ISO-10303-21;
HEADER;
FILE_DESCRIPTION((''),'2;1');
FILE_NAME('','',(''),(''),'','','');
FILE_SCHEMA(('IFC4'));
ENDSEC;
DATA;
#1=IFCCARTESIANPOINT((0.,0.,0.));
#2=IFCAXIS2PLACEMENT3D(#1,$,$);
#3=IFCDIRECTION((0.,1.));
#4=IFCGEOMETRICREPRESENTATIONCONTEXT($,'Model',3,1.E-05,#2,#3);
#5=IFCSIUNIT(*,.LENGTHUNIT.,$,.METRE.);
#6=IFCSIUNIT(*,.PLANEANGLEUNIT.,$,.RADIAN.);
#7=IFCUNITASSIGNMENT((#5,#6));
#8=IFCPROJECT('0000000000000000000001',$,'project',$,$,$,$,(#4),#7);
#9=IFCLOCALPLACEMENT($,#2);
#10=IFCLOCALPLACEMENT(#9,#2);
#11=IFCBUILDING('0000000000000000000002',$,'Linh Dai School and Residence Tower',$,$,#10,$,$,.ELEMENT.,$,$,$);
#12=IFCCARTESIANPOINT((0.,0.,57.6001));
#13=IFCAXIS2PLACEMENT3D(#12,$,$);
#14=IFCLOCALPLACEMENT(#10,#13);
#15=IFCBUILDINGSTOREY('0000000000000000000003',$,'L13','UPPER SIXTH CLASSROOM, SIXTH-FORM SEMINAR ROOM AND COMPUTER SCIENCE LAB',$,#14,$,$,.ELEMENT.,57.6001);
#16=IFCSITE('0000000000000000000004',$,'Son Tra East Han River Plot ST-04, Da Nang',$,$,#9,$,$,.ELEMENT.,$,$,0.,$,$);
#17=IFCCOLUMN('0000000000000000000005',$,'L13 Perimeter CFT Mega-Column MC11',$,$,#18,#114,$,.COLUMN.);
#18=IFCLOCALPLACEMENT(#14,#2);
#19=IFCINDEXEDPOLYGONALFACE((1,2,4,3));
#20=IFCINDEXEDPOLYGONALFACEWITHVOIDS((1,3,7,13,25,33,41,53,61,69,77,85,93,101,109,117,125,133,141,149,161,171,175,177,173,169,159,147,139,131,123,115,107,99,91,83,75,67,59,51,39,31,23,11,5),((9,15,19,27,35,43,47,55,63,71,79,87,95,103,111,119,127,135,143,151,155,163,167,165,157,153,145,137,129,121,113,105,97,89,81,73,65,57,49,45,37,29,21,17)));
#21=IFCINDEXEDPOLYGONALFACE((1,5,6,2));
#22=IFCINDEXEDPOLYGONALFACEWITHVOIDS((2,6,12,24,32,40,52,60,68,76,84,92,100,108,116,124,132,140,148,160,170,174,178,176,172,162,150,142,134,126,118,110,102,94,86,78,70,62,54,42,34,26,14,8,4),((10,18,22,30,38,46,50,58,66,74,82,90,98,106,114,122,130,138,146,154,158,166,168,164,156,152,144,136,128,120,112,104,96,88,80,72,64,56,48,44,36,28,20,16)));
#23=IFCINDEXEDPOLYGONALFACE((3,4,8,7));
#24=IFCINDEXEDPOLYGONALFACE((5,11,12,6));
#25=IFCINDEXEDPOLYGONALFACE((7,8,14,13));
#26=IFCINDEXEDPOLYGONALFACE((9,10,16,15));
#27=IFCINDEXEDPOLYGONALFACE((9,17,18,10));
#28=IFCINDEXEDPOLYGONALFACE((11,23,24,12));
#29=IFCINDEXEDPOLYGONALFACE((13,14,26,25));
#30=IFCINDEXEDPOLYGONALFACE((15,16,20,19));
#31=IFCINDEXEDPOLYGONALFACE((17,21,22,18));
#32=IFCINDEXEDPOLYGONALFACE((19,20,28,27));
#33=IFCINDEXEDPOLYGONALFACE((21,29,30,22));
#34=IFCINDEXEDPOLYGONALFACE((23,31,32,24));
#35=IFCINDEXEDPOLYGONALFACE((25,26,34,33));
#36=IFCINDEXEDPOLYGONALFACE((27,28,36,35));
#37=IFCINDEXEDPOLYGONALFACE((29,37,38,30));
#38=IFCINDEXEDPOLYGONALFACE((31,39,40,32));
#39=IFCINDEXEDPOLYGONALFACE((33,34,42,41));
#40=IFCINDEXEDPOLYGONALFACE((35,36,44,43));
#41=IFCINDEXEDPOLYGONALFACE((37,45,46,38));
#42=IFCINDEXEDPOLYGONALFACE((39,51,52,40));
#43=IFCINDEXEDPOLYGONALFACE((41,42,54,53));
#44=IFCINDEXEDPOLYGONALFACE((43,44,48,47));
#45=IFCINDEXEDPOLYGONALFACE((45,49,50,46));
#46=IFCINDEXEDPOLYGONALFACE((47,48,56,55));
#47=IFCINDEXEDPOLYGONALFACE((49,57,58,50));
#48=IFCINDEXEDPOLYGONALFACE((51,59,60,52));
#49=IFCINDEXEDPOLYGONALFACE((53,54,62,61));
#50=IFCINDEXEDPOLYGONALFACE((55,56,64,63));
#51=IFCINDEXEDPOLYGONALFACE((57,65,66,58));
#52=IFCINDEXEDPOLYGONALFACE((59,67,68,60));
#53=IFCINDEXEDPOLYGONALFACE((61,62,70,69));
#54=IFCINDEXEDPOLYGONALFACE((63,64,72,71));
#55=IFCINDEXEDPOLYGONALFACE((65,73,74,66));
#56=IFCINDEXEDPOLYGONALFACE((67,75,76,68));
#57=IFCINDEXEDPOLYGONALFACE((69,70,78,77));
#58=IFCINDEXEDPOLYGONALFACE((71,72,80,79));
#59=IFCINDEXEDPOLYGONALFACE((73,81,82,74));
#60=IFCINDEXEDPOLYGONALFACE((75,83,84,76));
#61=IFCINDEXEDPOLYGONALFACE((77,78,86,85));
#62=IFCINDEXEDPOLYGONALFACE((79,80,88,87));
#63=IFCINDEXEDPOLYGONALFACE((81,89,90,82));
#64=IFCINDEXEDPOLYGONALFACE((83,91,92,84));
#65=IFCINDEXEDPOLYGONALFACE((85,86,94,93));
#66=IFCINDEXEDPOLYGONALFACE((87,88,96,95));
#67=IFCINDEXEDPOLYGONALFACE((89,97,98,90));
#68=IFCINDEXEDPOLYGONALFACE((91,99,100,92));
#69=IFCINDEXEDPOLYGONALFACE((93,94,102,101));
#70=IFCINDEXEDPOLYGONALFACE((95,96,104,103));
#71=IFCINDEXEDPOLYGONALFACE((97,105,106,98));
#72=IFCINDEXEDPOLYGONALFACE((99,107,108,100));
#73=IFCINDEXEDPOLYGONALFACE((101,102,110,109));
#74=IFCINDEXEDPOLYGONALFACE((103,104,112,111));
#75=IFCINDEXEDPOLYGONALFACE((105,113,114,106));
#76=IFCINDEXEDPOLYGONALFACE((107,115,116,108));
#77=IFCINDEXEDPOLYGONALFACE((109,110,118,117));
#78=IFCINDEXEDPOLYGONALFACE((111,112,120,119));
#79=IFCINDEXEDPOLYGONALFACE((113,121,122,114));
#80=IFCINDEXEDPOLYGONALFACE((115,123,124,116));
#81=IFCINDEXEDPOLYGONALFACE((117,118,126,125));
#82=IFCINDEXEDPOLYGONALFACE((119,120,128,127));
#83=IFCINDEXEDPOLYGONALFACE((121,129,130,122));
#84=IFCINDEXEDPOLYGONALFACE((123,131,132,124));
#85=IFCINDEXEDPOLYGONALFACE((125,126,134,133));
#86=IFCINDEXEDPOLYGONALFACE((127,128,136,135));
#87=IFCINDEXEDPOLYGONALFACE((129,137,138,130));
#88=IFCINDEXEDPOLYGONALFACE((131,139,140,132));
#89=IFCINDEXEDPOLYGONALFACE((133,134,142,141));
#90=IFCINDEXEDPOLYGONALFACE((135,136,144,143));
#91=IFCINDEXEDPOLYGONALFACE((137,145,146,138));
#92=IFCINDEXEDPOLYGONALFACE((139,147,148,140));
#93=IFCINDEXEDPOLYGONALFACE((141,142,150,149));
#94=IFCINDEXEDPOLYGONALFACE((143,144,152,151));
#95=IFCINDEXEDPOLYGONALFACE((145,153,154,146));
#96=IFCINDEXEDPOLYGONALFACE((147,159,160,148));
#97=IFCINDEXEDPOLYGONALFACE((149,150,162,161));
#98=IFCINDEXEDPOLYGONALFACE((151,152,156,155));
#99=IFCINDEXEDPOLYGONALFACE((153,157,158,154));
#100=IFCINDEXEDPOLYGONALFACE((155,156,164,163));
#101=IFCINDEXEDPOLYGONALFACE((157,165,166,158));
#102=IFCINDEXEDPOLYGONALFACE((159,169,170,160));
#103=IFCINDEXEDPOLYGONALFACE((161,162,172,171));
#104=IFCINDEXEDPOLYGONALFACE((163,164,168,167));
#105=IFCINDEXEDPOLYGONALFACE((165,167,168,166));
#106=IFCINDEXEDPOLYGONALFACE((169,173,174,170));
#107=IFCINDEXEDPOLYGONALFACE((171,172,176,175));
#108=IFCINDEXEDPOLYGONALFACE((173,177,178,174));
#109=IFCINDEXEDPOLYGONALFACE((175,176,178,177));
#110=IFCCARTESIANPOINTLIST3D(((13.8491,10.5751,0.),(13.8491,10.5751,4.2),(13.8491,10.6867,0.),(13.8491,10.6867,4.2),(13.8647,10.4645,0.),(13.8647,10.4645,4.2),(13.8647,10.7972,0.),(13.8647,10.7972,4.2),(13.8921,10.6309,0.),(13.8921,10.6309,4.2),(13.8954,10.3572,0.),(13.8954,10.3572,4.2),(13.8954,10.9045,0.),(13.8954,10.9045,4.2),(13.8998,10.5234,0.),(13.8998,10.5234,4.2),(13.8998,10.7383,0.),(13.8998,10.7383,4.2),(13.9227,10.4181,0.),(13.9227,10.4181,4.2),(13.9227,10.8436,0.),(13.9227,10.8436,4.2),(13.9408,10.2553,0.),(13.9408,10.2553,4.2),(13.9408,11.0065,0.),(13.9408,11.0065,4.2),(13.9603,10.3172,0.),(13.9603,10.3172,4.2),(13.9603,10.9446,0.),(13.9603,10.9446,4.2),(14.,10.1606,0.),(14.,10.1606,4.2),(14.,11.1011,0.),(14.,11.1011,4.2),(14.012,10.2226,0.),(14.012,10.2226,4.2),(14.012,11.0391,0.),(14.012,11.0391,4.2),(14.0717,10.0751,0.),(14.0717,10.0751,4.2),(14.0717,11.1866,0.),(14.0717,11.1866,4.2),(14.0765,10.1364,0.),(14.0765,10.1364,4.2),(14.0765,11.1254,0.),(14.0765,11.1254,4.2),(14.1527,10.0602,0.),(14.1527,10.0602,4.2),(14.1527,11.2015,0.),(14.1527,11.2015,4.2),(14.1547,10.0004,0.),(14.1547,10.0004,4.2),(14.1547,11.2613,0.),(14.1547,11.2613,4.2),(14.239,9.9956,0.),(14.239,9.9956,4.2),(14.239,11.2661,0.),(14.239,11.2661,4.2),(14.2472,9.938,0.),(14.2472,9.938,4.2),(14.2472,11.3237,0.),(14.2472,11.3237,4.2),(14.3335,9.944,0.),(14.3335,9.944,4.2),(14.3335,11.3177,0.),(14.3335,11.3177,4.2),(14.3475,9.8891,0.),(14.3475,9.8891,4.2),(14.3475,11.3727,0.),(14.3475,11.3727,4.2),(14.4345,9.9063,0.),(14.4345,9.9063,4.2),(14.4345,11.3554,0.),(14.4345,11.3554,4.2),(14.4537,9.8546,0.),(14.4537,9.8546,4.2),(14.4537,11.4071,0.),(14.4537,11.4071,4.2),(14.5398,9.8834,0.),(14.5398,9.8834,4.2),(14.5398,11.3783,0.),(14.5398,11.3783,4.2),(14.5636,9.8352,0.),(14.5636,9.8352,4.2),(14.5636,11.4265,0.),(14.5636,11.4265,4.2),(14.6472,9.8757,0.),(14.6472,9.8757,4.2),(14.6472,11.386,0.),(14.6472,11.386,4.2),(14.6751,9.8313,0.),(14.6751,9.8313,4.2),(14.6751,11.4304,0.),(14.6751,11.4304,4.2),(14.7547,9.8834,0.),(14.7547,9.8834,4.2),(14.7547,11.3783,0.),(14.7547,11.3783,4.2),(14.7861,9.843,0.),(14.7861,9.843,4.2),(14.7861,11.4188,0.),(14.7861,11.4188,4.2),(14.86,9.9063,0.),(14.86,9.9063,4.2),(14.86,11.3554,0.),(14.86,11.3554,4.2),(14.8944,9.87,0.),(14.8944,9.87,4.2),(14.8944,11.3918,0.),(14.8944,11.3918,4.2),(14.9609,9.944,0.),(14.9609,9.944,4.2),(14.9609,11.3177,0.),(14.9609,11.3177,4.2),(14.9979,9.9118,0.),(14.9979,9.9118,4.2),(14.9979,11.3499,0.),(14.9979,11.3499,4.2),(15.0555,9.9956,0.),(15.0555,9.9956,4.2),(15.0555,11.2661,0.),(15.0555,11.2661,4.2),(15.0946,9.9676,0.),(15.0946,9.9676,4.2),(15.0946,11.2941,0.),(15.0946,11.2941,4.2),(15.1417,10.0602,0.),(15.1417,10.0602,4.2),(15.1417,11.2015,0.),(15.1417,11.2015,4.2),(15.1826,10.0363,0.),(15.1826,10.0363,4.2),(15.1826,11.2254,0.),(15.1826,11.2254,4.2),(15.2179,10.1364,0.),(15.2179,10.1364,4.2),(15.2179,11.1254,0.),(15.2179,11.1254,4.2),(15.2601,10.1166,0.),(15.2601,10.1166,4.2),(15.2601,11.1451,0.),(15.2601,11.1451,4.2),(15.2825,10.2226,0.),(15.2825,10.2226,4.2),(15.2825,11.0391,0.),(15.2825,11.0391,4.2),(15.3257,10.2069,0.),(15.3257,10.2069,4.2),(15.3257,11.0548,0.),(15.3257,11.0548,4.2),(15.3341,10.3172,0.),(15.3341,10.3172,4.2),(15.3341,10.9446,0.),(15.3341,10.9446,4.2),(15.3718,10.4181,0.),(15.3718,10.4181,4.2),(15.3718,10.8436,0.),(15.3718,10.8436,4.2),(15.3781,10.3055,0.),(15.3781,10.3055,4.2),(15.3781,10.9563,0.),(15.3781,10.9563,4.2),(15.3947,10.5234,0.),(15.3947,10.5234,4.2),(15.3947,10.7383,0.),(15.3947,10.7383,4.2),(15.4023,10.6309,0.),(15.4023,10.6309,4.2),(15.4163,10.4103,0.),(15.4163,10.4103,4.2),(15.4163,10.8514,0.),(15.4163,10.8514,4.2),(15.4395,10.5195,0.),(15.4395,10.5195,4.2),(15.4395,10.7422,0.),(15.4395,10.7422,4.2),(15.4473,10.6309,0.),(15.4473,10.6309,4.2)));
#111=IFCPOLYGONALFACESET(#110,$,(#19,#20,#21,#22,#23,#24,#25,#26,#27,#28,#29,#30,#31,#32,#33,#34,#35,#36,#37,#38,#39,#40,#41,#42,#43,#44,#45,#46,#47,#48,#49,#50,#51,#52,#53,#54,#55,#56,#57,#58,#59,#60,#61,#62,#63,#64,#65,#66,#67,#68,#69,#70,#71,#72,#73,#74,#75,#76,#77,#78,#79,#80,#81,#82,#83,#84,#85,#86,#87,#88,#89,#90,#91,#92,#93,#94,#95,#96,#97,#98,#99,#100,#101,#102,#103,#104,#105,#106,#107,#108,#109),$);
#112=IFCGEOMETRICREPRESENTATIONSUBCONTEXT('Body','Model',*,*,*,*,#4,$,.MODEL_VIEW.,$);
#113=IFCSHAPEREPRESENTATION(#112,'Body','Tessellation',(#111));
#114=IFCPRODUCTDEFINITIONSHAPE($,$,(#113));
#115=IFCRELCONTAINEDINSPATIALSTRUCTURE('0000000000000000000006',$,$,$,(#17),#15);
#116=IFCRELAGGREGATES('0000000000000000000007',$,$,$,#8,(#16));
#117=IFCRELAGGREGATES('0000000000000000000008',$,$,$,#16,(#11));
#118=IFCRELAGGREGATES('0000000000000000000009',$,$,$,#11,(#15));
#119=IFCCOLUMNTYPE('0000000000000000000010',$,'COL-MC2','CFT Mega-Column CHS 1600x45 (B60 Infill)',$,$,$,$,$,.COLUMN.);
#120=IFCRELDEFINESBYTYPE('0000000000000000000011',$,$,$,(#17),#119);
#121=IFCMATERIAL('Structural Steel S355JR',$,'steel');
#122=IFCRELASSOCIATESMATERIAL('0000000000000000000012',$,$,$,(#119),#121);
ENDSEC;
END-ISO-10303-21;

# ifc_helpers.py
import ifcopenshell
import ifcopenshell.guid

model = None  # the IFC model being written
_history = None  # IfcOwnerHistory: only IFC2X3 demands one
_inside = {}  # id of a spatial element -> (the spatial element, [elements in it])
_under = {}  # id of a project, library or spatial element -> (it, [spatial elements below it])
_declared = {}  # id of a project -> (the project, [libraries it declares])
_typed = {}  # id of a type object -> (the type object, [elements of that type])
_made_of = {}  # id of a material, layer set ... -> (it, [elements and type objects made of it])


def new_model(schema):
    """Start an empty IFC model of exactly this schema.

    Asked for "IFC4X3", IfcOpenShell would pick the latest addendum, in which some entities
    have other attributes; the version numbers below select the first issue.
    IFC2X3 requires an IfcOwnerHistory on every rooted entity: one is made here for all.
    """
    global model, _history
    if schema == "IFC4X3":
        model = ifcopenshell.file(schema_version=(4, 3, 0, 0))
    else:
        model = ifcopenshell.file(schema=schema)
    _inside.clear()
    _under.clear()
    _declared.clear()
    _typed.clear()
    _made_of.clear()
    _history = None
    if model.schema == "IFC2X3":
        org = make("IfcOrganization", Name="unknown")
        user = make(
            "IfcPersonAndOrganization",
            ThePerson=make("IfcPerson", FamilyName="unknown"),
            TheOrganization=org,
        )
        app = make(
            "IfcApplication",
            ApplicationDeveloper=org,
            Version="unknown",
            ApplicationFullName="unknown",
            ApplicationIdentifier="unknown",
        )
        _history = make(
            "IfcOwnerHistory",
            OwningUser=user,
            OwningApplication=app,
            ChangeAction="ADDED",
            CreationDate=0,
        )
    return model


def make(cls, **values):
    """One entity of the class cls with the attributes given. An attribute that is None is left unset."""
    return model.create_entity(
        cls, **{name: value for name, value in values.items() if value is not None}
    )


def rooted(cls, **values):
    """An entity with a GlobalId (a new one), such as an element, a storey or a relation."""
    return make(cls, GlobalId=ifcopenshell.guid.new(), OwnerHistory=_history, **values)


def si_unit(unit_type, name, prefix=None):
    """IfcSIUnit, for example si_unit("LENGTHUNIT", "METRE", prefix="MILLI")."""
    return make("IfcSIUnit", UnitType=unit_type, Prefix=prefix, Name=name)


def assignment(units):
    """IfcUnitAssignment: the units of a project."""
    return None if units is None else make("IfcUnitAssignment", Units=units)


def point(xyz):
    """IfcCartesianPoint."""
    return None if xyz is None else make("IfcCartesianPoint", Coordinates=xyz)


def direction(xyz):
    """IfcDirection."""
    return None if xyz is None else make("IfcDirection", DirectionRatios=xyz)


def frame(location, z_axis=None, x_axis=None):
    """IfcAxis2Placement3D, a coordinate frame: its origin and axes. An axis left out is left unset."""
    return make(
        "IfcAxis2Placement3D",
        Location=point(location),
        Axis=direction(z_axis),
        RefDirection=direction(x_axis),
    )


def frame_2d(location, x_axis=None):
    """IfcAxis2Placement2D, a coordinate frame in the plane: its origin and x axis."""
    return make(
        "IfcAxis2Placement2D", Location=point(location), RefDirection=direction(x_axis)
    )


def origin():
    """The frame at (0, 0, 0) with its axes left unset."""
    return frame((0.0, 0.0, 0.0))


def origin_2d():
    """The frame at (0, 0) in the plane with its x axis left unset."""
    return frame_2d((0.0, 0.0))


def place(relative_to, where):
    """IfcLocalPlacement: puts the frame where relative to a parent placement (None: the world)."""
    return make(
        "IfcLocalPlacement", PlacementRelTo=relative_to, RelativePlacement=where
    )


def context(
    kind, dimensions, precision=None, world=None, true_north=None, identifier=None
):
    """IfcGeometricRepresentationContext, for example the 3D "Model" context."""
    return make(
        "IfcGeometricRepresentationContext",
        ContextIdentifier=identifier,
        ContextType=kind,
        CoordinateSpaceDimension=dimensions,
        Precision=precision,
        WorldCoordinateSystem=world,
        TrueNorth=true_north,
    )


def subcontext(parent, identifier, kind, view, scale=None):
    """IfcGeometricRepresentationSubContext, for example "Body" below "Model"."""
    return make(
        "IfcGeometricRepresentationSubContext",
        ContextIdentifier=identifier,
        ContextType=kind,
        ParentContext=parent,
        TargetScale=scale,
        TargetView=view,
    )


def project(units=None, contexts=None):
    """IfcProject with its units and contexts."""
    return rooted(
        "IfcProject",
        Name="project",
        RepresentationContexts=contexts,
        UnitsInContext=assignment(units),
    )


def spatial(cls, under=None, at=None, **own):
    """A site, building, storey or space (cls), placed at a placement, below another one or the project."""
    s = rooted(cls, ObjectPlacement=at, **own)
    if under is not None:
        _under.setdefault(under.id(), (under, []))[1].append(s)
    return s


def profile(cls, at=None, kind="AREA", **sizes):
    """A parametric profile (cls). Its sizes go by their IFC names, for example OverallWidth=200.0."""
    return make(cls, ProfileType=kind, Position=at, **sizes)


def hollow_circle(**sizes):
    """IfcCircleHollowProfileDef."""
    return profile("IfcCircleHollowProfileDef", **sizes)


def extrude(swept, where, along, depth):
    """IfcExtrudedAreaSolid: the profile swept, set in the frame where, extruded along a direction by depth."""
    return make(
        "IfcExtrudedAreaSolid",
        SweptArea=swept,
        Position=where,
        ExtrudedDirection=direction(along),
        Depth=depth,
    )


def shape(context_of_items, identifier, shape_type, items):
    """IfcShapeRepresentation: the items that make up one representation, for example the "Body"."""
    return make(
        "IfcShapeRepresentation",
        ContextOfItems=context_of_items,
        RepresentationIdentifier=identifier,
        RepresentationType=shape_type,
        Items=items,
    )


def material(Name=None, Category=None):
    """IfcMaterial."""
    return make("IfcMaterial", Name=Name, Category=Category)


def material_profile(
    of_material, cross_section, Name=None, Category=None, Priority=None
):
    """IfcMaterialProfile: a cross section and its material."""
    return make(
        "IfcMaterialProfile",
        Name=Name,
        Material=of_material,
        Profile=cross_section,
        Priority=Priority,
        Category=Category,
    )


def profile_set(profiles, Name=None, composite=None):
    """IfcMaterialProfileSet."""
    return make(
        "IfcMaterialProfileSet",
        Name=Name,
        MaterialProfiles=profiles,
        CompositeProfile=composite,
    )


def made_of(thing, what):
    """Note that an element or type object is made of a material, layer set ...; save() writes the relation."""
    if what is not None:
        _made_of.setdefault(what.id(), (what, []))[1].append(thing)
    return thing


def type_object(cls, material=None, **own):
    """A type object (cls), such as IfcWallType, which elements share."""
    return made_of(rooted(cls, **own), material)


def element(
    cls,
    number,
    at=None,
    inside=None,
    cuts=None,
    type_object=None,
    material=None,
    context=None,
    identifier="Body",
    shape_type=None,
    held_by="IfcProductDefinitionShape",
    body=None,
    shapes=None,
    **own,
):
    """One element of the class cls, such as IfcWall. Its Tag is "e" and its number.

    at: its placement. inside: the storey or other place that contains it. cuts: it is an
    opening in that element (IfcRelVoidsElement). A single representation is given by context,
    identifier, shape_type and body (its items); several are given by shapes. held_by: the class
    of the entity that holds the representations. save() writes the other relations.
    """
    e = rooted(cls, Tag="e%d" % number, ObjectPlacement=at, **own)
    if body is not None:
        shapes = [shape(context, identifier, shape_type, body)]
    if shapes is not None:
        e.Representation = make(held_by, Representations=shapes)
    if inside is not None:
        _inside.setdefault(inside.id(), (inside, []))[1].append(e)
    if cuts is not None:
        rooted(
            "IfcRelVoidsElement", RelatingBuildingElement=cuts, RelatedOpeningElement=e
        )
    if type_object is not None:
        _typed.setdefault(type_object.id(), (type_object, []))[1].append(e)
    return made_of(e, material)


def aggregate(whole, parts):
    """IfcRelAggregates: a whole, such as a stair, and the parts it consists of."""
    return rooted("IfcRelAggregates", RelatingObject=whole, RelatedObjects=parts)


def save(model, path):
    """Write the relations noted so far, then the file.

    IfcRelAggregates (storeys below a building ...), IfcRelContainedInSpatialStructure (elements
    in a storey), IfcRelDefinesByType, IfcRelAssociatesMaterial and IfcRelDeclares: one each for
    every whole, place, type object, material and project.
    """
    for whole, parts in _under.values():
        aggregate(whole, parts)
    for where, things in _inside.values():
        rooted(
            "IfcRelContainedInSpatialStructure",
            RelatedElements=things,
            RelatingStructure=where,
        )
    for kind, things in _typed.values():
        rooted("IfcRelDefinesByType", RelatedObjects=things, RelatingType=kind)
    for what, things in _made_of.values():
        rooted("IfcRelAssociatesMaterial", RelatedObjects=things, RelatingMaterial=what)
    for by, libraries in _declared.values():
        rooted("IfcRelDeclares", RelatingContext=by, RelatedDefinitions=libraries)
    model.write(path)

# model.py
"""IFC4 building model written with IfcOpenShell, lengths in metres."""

from ifc_helpers import new_model, si_unit, direction, frame, origin, origin_2d, place, context, subcontext, project, spatial, hollow_circle, extrude, material, material_profile, profile_set, type_object, element, save


model = new_model("IFC4")

# Units and contexts
model_context = context("Model", 3, precision=1e-05, world=origin(), true_north=direction((0.0, 1.0)))
body_context = subcontext(model_context, "Body", "Model", "MODEL_VIEW")
ifc_project = project(units=[si_unit("LENGTHUNIT", "METRE"), si_unit("PLANEANGLEUNIT", "RADIAN")], contexts=[model_context])

# Site, building, storey
site_placement = place(None, origin())
site = spatial("IfcSite", under=ifc_project, at=site_placement, Name="Son Tra East Han River Plot ST-04, Da Nang", CompositionType="ELEMENT", RefElevation=0.0)
building_placement = place(site_placement, origin())
building = spatial("IfcBuilding", under=site, at=building_placement, Name="Linh Dai School and Residence Tower", CompositionType="ELEMENT")
storey_placement = place(building_placement, frame((0.0, 0.0, 57.6001)))
storey = spatial("IfcBuildingStorey", under=building, at=storey_placement, Name="L13", Description="UPPER SIXTH CLASSROOM, SIXTH-FORM SEMINAR ROOM AND COMPUTER SCIENCE LAB", CompositionType="ELEMENT", Elevation=57.6001)

# Column
ifc_material_1 = material(Name="Structural Steel S355JR", Category="steel")
ifc_material_profile_1 = material_profile(ifc_material_1, hollow_circle(Radius=0.8, WallThickness=0.0449, at=origin_2d()), Name="CHS 1600x45")
ifc_profile_set_1 = profile_set([ifc_material_profile_1], Name="Structural Steel S355JR")
column_type = type_object("IfcColumnType", Name="COL-MC2", Description="CFT Mega-Column CHS 1600x45 (B60 Infill)", PredefinedType="COLUMN", material=ifc_profile_set_1)
for number, where, z_axis, x_axis, name in (
    (1, (14.6472, 10.6309, 0.0), (0.0, 0.0, 1.0), (1.0, 0.0, 0.0), "L13 Perimeter CFT Mega-Column MC11"),
):
    element("IfcColumn", number, at=place(storey_placement, frame(where, z_axis=z_axis, x_axis=x_axis)), inside=storey, type_object=column_type, Name=name, PredefinedType="COLUMN", context=body_context, shape_type="SweptSolid", body=[
        extrude(hollow_circle(Radius=0.8, WallThickness=0.0449, at=origin_2d()), origin(), (0.0, 0.0, 1.0), 4.2),
    ])

save(model, "model.ifc")
